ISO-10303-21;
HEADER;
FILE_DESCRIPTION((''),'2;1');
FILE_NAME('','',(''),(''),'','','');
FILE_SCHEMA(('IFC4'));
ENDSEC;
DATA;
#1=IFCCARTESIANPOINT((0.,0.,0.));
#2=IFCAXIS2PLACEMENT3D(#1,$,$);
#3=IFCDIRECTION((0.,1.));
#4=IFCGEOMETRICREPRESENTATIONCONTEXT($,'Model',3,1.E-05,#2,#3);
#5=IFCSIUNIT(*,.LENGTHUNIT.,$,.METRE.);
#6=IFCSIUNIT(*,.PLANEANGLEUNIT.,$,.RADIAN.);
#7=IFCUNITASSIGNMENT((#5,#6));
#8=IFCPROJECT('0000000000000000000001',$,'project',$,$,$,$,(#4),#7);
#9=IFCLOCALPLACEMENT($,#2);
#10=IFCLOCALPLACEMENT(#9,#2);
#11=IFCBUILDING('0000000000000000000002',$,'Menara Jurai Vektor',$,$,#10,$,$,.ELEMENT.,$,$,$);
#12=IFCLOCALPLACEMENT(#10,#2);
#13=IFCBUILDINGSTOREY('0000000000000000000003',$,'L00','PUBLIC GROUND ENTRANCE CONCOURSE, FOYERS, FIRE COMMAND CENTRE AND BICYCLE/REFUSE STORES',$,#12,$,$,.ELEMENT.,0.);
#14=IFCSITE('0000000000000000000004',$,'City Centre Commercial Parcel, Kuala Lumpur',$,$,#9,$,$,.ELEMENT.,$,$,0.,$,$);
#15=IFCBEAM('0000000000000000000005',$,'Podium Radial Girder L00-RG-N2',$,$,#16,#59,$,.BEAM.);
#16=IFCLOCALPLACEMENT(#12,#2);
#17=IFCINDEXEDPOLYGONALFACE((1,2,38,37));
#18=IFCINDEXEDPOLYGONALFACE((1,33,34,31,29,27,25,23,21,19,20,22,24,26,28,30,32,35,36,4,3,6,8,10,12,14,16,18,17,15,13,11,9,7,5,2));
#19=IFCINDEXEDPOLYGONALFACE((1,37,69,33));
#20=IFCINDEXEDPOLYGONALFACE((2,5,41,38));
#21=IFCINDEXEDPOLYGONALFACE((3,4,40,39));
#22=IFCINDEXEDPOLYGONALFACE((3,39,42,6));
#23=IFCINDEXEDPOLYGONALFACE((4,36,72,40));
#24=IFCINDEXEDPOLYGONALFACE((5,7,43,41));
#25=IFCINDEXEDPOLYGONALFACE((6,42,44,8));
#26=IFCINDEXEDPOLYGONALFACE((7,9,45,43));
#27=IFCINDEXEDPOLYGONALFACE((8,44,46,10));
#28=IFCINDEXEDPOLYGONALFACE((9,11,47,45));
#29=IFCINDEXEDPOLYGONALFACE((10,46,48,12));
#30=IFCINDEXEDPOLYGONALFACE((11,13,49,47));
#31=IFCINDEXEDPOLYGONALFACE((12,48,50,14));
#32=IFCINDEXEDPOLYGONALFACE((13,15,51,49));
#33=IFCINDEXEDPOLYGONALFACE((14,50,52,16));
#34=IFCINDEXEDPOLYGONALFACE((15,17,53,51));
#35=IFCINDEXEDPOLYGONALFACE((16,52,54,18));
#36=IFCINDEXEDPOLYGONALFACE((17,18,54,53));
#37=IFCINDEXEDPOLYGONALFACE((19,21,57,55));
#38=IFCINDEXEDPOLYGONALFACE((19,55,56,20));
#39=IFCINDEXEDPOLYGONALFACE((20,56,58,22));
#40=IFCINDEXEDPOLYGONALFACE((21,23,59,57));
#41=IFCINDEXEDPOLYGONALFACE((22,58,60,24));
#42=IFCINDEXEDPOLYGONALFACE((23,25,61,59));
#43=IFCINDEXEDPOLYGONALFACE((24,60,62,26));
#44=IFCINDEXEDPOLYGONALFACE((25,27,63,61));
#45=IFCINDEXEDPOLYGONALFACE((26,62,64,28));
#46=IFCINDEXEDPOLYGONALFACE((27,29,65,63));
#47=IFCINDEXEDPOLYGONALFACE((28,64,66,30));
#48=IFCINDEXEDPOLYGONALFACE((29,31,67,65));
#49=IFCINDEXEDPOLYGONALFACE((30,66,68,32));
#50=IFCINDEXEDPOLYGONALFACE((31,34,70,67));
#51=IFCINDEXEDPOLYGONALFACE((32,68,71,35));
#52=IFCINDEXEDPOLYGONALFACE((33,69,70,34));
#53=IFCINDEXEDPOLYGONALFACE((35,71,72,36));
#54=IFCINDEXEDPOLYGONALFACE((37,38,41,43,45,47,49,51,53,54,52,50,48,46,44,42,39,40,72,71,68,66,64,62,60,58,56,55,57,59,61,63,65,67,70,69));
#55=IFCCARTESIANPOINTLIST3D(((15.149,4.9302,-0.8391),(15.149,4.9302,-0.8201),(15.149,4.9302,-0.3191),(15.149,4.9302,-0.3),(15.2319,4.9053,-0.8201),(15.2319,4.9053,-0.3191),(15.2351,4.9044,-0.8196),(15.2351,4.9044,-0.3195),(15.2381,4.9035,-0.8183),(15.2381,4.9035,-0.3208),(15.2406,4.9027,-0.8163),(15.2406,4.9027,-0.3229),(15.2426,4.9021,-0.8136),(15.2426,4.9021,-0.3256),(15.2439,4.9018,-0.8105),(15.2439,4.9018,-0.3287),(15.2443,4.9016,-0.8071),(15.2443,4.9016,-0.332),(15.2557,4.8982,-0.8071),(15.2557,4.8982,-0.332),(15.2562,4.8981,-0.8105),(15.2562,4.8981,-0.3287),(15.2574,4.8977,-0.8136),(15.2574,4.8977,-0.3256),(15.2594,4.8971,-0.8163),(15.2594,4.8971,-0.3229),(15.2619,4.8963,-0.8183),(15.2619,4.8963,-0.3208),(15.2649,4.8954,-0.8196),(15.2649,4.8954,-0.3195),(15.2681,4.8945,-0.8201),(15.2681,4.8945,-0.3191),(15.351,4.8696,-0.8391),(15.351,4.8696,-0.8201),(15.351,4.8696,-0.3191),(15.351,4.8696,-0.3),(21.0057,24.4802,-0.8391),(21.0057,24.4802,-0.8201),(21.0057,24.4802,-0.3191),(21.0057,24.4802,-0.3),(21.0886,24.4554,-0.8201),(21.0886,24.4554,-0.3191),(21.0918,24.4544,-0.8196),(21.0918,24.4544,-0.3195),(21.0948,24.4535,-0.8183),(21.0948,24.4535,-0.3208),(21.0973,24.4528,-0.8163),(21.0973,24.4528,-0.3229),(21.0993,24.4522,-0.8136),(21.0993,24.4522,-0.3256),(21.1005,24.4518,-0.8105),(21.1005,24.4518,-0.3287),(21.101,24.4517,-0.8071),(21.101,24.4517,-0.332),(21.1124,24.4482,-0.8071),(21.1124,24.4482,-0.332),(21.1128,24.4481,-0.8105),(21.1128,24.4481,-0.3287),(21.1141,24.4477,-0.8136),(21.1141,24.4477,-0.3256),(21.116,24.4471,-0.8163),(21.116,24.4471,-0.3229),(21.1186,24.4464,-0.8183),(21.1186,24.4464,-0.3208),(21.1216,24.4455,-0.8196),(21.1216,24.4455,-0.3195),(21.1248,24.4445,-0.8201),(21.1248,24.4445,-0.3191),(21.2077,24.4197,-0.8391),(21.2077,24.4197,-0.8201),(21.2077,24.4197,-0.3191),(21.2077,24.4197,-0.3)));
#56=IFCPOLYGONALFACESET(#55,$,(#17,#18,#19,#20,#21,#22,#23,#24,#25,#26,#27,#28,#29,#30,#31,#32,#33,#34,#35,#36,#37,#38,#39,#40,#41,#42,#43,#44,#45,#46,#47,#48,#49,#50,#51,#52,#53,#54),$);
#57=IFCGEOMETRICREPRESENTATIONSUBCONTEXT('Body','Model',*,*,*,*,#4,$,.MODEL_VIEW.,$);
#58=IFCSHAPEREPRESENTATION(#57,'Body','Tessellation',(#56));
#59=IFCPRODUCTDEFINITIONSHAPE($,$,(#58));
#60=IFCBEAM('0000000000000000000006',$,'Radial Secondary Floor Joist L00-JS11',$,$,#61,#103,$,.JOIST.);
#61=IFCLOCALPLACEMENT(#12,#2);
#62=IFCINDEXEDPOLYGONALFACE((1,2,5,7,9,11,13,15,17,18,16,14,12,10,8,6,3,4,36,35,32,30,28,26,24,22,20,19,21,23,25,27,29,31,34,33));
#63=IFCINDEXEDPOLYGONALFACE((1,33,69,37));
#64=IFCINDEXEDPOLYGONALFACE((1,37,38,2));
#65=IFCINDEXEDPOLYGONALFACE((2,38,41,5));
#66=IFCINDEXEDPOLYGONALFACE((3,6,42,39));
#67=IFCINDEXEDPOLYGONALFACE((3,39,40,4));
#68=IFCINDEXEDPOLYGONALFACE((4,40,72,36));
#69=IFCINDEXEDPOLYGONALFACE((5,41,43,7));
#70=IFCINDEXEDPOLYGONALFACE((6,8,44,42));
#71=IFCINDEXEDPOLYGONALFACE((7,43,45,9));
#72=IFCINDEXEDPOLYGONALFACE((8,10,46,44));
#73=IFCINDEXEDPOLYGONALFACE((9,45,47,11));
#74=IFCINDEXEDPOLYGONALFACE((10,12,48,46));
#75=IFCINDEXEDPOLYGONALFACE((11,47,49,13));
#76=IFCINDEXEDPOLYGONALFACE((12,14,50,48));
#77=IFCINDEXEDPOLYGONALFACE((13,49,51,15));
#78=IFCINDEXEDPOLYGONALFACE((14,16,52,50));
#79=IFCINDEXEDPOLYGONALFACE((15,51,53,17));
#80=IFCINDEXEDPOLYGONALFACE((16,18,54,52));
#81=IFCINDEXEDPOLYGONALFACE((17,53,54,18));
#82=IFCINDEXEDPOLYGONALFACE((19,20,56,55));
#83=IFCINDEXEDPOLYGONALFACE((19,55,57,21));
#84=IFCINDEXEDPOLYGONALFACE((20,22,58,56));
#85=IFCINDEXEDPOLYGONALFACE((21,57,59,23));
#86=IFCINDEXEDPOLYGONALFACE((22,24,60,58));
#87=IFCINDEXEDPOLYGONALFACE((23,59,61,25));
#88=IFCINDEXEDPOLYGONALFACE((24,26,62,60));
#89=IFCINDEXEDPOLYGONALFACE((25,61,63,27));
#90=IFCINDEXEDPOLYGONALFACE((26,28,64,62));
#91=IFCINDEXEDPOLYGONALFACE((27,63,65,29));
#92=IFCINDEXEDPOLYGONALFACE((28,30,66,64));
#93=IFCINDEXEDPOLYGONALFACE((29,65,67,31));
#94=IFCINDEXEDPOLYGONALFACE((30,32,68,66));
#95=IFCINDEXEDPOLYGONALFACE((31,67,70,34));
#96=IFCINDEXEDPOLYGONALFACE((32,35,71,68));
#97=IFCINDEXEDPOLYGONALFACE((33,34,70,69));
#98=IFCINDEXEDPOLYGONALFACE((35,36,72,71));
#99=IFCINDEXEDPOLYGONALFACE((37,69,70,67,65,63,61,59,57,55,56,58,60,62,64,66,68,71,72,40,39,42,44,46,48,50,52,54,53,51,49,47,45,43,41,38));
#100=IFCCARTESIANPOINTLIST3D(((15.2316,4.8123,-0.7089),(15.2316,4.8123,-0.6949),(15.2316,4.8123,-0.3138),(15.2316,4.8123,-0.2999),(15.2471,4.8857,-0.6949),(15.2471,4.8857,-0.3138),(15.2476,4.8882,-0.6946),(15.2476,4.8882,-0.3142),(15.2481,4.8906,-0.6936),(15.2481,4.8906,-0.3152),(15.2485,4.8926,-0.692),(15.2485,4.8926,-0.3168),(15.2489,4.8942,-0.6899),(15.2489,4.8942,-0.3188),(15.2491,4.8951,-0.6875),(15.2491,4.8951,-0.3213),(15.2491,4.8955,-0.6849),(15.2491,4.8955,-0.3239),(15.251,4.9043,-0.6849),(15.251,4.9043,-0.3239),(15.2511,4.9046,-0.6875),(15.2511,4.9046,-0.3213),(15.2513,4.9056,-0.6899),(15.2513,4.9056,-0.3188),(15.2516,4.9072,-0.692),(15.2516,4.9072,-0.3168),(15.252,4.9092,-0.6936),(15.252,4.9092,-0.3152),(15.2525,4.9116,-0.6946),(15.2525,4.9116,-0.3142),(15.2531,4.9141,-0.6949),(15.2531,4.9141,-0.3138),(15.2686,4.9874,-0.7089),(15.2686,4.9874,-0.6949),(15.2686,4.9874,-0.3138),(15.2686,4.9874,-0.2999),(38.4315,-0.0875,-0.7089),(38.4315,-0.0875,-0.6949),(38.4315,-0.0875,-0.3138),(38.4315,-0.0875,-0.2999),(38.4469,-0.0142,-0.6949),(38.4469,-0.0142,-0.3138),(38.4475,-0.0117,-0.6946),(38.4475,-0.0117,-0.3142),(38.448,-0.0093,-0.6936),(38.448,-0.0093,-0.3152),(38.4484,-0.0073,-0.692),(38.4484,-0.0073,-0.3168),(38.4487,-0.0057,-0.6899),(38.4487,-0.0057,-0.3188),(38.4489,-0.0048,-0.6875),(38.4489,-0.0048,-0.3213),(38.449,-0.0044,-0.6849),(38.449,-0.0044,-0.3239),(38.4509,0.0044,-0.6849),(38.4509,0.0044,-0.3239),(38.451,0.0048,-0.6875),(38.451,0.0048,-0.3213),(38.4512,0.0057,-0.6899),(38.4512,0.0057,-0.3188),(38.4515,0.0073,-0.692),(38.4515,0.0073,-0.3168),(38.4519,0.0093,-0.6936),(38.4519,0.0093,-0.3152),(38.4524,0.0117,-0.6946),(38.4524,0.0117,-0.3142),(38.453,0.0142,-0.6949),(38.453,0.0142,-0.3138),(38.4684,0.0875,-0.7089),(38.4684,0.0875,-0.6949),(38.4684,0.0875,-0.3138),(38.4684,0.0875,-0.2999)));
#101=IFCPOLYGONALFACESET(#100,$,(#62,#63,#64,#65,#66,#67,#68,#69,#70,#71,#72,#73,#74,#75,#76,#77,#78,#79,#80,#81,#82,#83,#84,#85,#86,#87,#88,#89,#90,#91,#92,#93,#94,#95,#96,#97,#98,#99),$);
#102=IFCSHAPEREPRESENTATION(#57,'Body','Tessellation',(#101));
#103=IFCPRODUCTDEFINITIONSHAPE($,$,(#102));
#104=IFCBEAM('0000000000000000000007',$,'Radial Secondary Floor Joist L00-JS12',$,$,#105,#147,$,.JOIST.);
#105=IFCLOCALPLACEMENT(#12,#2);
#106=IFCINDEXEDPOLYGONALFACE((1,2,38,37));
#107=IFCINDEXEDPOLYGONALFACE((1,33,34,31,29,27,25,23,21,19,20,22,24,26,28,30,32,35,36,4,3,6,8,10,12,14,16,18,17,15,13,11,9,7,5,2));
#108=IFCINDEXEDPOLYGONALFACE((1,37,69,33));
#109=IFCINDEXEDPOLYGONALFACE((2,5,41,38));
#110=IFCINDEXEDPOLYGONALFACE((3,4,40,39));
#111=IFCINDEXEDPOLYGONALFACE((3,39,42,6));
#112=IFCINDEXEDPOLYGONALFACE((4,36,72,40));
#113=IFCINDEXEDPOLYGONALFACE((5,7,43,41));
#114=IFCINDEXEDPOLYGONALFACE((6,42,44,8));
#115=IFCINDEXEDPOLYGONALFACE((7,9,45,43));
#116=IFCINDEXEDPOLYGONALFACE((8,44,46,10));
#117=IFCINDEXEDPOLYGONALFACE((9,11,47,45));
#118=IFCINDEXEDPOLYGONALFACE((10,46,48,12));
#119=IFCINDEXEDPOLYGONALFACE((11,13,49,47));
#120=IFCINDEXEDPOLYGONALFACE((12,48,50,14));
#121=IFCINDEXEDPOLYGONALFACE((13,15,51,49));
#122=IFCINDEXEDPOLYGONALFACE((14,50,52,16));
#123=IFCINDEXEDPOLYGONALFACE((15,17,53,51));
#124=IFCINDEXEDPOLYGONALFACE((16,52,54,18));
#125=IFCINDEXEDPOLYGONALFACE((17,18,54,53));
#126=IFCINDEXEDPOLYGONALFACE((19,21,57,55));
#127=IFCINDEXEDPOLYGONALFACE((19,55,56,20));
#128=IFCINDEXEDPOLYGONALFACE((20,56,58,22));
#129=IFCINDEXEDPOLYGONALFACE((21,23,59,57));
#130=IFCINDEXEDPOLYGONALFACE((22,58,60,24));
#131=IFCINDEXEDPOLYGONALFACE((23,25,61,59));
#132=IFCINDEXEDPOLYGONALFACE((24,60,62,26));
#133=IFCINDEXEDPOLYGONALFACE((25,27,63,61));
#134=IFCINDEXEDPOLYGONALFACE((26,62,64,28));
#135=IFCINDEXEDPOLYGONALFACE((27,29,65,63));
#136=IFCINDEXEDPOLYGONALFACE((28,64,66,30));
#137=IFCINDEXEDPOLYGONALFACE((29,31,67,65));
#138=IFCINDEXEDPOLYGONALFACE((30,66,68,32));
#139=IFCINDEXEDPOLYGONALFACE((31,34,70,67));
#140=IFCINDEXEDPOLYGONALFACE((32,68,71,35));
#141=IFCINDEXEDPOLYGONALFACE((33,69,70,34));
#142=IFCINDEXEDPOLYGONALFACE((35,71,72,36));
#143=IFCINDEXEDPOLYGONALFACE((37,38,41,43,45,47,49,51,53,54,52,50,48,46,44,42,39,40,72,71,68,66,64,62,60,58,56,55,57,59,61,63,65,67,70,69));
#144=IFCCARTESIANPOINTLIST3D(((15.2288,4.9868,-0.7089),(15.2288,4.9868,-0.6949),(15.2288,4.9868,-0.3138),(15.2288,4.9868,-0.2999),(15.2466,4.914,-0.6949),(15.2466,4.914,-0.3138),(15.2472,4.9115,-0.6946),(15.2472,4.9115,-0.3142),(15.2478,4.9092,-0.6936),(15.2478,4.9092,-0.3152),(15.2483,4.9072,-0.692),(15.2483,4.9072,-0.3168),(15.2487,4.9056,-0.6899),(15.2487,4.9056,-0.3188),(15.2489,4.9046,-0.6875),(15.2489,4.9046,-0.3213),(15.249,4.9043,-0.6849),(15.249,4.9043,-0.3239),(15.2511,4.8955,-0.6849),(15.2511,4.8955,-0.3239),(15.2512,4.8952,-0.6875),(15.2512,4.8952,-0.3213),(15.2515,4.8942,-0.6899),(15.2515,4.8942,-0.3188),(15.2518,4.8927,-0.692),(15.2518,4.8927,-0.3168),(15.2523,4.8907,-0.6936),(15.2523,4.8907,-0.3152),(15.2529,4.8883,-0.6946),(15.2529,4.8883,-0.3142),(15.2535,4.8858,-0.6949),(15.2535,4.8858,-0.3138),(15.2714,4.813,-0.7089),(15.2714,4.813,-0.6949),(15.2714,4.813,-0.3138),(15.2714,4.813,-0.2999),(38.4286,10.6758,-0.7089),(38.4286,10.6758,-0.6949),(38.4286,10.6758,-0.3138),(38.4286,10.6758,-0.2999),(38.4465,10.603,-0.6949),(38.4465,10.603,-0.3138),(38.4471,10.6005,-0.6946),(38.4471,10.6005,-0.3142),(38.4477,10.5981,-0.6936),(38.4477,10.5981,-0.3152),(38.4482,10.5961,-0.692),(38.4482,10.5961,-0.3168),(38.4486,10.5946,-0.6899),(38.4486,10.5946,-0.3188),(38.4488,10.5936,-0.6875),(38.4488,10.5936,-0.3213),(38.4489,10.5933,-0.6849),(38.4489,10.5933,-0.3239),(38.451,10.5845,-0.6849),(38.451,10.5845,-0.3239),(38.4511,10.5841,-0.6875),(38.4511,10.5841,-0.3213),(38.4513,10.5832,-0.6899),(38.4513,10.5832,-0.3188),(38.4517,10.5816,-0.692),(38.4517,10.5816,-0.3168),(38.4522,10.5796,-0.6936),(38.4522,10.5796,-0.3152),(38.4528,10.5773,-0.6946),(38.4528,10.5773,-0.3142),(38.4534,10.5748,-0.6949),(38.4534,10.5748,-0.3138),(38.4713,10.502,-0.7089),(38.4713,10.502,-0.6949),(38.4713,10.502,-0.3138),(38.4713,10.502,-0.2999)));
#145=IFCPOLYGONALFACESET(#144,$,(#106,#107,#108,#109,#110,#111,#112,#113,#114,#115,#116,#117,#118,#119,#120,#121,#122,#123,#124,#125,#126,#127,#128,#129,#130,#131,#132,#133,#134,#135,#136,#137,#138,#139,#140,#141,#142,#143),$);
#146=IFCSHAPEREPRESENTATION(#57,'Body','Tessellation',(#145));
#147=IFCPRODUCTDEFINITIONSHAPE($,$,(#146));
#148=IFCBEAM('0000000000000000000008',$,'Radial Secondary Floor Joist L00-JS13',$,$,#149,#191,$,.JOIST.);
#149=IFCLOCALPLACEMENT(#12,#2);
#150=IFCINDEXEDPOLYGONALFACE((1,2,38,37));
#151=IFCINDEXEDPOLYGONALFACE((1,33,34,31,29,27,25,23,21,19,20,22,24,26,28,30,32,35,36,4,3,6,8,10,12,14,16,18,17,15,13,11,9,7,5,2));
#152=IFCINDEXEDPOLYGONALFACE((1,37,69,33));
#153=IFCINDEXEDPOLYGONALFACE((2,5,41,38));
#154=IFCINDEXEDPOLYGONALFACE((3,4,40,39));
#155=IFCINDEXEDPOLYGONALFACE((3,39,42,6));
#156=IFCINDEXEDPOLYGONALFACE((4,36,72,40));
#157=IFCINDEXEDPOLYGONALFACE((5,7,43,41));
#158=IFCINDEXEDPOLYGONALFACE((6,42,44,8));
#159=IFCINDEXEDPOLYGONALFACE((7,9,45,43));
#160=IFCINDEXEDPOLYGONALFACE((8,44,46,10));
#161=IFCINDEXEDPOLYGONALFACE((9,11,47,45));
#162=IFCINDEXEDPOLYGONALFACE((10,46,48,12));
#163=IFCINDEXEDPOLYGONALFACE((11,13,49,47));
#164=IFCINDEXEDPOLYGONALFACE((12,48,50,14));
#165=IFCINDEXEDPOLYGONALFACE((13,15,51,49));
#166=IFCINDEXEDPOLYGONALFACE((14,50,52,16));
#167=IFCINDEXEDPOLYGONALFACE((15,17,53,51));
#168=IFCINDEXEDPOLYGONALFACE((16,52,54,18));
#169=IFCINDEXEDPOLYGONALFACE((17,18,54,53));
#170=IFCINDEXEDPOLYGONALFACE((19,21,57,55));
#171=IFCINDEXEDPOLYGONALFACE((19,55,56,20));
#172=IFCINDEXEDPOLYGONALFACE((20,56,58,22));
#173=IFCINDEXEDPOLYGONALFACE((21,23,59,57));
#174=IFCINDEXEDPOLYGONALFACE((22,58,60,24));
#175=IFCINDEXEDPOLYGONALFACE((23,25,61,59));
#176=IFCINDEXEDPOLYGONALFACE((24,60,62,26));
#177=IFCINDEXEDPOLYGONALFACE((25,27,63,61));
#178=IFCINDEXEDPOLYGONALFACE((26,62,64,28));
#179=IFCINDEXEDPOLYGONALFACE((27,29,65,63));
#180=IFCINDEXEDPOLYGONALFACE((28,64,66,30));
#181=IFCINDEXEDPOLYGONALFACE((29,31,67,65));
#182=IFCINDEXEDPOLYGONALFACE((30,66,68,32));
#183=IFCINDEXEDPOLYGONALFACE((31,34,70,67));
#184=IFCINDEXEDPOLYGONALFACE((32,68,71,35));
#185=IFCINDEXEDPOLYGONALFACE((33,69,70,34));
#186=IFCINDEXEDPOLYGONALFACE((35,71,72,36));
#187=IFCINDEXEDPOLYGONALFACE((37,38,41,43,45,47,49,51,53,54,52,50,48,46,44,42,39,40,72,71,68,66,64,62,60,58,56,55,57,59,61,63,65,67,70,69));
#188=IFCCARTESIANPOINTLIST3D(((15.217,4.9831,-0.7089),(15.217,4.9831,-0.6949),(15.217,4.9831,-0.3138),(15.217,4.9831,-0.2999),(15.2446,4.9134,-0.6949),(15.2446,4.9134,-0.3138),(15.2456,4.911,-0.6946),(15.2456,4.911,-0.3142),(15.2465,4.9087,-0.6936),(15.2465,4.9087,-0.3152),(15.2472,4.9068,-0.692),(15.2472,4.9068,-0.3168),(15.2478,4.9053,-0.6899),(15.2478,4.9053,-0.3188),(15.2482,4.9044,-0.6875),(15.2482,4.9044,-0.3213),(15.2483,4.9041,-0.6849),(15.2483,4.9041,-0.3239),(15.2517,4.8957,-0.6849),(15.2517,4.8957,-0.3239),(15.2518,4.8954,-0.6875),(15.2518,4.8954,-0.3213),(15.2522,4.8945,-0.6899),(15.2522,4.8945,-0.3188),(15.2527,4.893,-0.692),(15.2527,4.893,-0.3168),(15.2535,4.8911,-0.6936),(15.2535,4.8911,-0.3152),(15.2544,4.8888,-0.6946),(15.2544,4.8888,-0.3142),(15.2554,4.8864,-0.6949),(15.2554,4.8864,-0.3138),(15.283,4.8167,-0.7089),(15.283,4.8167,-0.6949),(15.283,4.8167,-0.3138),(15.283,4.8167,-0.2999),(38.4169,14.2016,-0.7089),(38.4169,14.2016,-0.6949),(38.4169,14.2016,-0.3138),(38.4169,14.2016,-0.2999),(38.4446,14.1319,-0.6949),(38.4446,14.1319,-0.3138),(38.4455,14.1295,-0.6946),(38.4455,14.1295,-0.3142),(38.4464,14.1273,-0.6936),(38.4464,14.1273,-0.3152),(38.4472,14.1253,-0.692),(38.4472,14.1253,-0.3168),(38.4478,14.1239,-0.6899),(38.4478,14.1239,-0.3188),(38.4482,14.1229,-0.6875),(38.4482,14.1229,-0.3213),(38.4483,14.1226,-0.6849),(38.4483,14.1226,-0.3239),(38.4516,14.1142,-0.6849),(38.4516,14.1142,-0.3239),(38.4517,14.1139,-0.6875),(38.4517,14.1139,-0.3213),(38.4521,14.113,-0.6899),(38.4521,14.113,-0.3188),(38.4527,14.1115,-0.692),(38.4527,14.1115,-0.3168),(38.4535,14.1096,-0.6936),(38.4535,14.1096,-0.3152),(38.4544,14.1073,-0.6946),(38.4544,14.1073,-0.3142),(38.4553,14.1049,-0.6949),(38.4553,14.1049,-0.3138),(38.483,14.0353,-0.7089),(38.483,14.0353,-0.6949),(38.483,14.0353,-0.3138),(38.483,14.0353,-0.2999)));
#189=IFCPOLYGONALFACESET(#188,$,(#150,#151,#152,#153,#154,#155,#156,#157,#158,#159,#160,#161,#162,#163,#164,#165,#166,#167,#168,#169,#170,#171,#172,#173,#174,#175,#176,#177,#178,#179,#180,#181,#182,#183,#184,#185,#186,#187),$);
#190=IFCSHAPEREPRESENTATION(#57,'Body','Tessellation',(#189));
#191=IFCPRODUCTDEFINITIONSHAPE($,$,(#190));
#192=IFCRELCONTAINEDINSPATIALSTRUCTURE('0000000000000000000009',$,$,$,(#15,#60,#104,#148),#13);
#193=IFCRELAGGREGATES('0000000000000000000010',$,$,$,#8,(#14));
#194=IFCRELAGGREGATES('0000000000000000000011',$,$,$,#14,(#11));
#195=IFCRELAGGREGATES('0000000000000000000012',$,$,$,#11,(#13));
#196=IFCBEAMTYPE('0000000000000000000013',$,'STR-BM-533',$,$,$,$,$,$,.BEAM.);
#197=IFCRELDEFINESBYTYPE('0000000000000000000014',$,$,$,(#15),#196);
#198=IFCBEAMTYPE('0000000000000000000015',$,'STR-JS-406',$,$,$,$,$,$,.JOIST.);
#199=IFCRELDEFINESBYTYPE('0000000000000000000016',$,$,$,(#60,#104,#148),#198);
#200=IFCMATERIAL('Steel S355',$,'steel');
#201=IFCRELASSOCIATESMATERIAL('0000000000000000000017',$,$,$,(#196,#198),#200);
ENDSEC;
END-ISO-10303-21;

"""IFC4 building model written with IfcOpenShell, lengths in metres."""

from ifc_helpers import new_model, si_unit, direction, frame, origin, origin_2d, place, context, subcontext, project, spatial, i_section, extrude, material, material_profile, profile_set, type_object, element, save


model = new_model("IFC4")

# Units and contexts
model_context = context("Model", 3, precision=1e-05, world=origin(), true_north=direction((0.0, 1.0)))
body_context = subcontext(model_context, "Body", "Model", "MODEL_VIEW")
ifc_project = project(units=[si_unit("LENGTHUNIT", "METRE"), si_unit("PLANEANGLEUNIT", "RADIAN")], contexts=[model_context])

# Site, building, storey
site_placement = place(None, origin())
site = spatial("IfcSite", under=ifc_project, at=site_placement, Name="City Centre Commercial Parcel, Kuala Lumpur", CompositionType="ELEMENT", RefElevation=0.0)
building_placement = place(site_placement, origin())
building = spatial("IfcBuilding", under=site, at=building_placement, Name="Menara Jurai Vektor", CompositionType="ELEMENT")
storey_placement = place(building_placement, origin())
storey = spatial("IfcBuildingStorey", under=building, at=storey_placement, Name="L00", Description="PUBLIC GROUND ENTRANCE CONCOURSE, FOYERS, FIRE COMMAND CENTRE AND BICYCLE/REFUSE STORES", CompositionType="ELEMENT", Elevation=0.0)

# Shared definitions
ifc_material_1 = material(Name="Steel S355", Category="steel")

# Beams
ifc_material_profile_1 = material_profile(ifc_material_1, i_section(OverallWidth=0.2109, OverallDepth=0.5391, WebThickness=0.012, FlangeThickness=0.019, FilletRadius=0.0129, at=origin_2d()), Name="UKB 533x210x109")
ifc_profile_set_1 = profile_set([ifc_material_profile_1], Name="Steel S355")
beam_type_1 = type_object("IfcBeamType", Name="STR-BM-533", PredefinedType="BEAM", material=ifc_profile_set_1)
beam_1_placement = place(storey_placement, frame((21.1067, 24.45, -0.5696), z_axis=(-0.286974, -0.957938, 0.0), x_axis=(0.957938, -0.286974, 0.0)))
element("IfcBeam", 1, at=beam_1_placement, inside=storey, type_object=beam_type_1, Name="Podium Radial Girder L00-RG-N2", PredefinedType="BEAM", context=body_context, shape_type="SweptSolid", body=[
    extrude(i_section(OverallWidth=0.2109, OverallDepth=0.5391, WebThickness=0.012, FlangeThickness=0.019, FilletRadius=0.0129, at=origin_2d()), origin(), (0.0, 0.0, 1.0), 20.4084),
])
ifc_material_profile_2 = material_profile(ifc_material_1, i_section(OverallWidth=0.179, OverallDepth=0.4089, WebThickness=0.009, FlangeThickness=0.0139, FilletRadius=0.01, at=origin_2d()), Name="UKB 406x178x67")
ifc_profile_set_2 = profile_set([ifc_material_profile_2], Name="Steel S355")
beam_type_2 = type_object("IfcBeamType", Name="STR-JS-406", PredefinedType="JOIST", material=ifc_profile_set_2)
beam_2_placement = place(storey_placement, frame((38.45, 0.0, -0.5044), z_axis=(-0.978416, 0.206645, 0.0), x_axis=(-0.206645, -0.978416, 0.0)))
element("IfcBeam", 2, at=beam_2_placement, inside=storey, type_object=beam_type_2, Name="Radial Secondary Floor Joist L00-JS11", PredefinedType="JOIST", context=body_context, shape_type="SweptSolid", body=[
    extrude(i_section(OverallWidth=0.179, OverallDepth=0.4089, WebThickness=0.009, FlangeThickness=0.0139, FilletRadius=0.01, at=origin_2d()), origin(), (0.0, 0.0, 1.0), 23.7117),
])
beam_3_placement = place(storey_placement, frame((38.45, 10.5889, -0.5044), z_axis=(-0.971226, -0.238159, 0.0), x_axis=(0.238159, -0.971226, 0.0)))
element("IfcBeam", 3, at=beam_3_placement, inside=storey, type_object=beam_type_2, Name="Radial Secondary Floor Joist L00-JS12", PredefinedType="JOIST", context=body_context, shape_type="SweptSolid", body=[
    extrude(i_section(OverallWidth=0.179, OverallDepth=0.4089, WebThickness=0.009, FlangeThickness=0.0139, FilletRadius=0.01, at=origin_2d()), origin(), (0.0, 0.0, 1.0), 23.8872),
])
beam_4_placement = place(storey_placement, frame((38.45, 14.1184, -0.5044), z_axis=(-0.929323, -0.369267, 0.0), x_axis=(0.369267, -0.929323, 0.0)))
element("IfcBeam", 4, at=beam_4_placement, inside=storey, type_object=beam_type_2, Name="Radial Secondary Floor Joist L00-JS13", PredefinedType="JOIST", context=body_context, shape_type="SweptSolid", body=[
    extrude(i_section(OverallWidth=0.179, OverallDepth=0.4089, WebThickness=0.009, FlangeThickness=0.0139, FilletRadius=0.01, at=origin_2d()), origin(), (0.0, 0.0, 1.0), 24.9644),
])

save(model, "model.ifc")
